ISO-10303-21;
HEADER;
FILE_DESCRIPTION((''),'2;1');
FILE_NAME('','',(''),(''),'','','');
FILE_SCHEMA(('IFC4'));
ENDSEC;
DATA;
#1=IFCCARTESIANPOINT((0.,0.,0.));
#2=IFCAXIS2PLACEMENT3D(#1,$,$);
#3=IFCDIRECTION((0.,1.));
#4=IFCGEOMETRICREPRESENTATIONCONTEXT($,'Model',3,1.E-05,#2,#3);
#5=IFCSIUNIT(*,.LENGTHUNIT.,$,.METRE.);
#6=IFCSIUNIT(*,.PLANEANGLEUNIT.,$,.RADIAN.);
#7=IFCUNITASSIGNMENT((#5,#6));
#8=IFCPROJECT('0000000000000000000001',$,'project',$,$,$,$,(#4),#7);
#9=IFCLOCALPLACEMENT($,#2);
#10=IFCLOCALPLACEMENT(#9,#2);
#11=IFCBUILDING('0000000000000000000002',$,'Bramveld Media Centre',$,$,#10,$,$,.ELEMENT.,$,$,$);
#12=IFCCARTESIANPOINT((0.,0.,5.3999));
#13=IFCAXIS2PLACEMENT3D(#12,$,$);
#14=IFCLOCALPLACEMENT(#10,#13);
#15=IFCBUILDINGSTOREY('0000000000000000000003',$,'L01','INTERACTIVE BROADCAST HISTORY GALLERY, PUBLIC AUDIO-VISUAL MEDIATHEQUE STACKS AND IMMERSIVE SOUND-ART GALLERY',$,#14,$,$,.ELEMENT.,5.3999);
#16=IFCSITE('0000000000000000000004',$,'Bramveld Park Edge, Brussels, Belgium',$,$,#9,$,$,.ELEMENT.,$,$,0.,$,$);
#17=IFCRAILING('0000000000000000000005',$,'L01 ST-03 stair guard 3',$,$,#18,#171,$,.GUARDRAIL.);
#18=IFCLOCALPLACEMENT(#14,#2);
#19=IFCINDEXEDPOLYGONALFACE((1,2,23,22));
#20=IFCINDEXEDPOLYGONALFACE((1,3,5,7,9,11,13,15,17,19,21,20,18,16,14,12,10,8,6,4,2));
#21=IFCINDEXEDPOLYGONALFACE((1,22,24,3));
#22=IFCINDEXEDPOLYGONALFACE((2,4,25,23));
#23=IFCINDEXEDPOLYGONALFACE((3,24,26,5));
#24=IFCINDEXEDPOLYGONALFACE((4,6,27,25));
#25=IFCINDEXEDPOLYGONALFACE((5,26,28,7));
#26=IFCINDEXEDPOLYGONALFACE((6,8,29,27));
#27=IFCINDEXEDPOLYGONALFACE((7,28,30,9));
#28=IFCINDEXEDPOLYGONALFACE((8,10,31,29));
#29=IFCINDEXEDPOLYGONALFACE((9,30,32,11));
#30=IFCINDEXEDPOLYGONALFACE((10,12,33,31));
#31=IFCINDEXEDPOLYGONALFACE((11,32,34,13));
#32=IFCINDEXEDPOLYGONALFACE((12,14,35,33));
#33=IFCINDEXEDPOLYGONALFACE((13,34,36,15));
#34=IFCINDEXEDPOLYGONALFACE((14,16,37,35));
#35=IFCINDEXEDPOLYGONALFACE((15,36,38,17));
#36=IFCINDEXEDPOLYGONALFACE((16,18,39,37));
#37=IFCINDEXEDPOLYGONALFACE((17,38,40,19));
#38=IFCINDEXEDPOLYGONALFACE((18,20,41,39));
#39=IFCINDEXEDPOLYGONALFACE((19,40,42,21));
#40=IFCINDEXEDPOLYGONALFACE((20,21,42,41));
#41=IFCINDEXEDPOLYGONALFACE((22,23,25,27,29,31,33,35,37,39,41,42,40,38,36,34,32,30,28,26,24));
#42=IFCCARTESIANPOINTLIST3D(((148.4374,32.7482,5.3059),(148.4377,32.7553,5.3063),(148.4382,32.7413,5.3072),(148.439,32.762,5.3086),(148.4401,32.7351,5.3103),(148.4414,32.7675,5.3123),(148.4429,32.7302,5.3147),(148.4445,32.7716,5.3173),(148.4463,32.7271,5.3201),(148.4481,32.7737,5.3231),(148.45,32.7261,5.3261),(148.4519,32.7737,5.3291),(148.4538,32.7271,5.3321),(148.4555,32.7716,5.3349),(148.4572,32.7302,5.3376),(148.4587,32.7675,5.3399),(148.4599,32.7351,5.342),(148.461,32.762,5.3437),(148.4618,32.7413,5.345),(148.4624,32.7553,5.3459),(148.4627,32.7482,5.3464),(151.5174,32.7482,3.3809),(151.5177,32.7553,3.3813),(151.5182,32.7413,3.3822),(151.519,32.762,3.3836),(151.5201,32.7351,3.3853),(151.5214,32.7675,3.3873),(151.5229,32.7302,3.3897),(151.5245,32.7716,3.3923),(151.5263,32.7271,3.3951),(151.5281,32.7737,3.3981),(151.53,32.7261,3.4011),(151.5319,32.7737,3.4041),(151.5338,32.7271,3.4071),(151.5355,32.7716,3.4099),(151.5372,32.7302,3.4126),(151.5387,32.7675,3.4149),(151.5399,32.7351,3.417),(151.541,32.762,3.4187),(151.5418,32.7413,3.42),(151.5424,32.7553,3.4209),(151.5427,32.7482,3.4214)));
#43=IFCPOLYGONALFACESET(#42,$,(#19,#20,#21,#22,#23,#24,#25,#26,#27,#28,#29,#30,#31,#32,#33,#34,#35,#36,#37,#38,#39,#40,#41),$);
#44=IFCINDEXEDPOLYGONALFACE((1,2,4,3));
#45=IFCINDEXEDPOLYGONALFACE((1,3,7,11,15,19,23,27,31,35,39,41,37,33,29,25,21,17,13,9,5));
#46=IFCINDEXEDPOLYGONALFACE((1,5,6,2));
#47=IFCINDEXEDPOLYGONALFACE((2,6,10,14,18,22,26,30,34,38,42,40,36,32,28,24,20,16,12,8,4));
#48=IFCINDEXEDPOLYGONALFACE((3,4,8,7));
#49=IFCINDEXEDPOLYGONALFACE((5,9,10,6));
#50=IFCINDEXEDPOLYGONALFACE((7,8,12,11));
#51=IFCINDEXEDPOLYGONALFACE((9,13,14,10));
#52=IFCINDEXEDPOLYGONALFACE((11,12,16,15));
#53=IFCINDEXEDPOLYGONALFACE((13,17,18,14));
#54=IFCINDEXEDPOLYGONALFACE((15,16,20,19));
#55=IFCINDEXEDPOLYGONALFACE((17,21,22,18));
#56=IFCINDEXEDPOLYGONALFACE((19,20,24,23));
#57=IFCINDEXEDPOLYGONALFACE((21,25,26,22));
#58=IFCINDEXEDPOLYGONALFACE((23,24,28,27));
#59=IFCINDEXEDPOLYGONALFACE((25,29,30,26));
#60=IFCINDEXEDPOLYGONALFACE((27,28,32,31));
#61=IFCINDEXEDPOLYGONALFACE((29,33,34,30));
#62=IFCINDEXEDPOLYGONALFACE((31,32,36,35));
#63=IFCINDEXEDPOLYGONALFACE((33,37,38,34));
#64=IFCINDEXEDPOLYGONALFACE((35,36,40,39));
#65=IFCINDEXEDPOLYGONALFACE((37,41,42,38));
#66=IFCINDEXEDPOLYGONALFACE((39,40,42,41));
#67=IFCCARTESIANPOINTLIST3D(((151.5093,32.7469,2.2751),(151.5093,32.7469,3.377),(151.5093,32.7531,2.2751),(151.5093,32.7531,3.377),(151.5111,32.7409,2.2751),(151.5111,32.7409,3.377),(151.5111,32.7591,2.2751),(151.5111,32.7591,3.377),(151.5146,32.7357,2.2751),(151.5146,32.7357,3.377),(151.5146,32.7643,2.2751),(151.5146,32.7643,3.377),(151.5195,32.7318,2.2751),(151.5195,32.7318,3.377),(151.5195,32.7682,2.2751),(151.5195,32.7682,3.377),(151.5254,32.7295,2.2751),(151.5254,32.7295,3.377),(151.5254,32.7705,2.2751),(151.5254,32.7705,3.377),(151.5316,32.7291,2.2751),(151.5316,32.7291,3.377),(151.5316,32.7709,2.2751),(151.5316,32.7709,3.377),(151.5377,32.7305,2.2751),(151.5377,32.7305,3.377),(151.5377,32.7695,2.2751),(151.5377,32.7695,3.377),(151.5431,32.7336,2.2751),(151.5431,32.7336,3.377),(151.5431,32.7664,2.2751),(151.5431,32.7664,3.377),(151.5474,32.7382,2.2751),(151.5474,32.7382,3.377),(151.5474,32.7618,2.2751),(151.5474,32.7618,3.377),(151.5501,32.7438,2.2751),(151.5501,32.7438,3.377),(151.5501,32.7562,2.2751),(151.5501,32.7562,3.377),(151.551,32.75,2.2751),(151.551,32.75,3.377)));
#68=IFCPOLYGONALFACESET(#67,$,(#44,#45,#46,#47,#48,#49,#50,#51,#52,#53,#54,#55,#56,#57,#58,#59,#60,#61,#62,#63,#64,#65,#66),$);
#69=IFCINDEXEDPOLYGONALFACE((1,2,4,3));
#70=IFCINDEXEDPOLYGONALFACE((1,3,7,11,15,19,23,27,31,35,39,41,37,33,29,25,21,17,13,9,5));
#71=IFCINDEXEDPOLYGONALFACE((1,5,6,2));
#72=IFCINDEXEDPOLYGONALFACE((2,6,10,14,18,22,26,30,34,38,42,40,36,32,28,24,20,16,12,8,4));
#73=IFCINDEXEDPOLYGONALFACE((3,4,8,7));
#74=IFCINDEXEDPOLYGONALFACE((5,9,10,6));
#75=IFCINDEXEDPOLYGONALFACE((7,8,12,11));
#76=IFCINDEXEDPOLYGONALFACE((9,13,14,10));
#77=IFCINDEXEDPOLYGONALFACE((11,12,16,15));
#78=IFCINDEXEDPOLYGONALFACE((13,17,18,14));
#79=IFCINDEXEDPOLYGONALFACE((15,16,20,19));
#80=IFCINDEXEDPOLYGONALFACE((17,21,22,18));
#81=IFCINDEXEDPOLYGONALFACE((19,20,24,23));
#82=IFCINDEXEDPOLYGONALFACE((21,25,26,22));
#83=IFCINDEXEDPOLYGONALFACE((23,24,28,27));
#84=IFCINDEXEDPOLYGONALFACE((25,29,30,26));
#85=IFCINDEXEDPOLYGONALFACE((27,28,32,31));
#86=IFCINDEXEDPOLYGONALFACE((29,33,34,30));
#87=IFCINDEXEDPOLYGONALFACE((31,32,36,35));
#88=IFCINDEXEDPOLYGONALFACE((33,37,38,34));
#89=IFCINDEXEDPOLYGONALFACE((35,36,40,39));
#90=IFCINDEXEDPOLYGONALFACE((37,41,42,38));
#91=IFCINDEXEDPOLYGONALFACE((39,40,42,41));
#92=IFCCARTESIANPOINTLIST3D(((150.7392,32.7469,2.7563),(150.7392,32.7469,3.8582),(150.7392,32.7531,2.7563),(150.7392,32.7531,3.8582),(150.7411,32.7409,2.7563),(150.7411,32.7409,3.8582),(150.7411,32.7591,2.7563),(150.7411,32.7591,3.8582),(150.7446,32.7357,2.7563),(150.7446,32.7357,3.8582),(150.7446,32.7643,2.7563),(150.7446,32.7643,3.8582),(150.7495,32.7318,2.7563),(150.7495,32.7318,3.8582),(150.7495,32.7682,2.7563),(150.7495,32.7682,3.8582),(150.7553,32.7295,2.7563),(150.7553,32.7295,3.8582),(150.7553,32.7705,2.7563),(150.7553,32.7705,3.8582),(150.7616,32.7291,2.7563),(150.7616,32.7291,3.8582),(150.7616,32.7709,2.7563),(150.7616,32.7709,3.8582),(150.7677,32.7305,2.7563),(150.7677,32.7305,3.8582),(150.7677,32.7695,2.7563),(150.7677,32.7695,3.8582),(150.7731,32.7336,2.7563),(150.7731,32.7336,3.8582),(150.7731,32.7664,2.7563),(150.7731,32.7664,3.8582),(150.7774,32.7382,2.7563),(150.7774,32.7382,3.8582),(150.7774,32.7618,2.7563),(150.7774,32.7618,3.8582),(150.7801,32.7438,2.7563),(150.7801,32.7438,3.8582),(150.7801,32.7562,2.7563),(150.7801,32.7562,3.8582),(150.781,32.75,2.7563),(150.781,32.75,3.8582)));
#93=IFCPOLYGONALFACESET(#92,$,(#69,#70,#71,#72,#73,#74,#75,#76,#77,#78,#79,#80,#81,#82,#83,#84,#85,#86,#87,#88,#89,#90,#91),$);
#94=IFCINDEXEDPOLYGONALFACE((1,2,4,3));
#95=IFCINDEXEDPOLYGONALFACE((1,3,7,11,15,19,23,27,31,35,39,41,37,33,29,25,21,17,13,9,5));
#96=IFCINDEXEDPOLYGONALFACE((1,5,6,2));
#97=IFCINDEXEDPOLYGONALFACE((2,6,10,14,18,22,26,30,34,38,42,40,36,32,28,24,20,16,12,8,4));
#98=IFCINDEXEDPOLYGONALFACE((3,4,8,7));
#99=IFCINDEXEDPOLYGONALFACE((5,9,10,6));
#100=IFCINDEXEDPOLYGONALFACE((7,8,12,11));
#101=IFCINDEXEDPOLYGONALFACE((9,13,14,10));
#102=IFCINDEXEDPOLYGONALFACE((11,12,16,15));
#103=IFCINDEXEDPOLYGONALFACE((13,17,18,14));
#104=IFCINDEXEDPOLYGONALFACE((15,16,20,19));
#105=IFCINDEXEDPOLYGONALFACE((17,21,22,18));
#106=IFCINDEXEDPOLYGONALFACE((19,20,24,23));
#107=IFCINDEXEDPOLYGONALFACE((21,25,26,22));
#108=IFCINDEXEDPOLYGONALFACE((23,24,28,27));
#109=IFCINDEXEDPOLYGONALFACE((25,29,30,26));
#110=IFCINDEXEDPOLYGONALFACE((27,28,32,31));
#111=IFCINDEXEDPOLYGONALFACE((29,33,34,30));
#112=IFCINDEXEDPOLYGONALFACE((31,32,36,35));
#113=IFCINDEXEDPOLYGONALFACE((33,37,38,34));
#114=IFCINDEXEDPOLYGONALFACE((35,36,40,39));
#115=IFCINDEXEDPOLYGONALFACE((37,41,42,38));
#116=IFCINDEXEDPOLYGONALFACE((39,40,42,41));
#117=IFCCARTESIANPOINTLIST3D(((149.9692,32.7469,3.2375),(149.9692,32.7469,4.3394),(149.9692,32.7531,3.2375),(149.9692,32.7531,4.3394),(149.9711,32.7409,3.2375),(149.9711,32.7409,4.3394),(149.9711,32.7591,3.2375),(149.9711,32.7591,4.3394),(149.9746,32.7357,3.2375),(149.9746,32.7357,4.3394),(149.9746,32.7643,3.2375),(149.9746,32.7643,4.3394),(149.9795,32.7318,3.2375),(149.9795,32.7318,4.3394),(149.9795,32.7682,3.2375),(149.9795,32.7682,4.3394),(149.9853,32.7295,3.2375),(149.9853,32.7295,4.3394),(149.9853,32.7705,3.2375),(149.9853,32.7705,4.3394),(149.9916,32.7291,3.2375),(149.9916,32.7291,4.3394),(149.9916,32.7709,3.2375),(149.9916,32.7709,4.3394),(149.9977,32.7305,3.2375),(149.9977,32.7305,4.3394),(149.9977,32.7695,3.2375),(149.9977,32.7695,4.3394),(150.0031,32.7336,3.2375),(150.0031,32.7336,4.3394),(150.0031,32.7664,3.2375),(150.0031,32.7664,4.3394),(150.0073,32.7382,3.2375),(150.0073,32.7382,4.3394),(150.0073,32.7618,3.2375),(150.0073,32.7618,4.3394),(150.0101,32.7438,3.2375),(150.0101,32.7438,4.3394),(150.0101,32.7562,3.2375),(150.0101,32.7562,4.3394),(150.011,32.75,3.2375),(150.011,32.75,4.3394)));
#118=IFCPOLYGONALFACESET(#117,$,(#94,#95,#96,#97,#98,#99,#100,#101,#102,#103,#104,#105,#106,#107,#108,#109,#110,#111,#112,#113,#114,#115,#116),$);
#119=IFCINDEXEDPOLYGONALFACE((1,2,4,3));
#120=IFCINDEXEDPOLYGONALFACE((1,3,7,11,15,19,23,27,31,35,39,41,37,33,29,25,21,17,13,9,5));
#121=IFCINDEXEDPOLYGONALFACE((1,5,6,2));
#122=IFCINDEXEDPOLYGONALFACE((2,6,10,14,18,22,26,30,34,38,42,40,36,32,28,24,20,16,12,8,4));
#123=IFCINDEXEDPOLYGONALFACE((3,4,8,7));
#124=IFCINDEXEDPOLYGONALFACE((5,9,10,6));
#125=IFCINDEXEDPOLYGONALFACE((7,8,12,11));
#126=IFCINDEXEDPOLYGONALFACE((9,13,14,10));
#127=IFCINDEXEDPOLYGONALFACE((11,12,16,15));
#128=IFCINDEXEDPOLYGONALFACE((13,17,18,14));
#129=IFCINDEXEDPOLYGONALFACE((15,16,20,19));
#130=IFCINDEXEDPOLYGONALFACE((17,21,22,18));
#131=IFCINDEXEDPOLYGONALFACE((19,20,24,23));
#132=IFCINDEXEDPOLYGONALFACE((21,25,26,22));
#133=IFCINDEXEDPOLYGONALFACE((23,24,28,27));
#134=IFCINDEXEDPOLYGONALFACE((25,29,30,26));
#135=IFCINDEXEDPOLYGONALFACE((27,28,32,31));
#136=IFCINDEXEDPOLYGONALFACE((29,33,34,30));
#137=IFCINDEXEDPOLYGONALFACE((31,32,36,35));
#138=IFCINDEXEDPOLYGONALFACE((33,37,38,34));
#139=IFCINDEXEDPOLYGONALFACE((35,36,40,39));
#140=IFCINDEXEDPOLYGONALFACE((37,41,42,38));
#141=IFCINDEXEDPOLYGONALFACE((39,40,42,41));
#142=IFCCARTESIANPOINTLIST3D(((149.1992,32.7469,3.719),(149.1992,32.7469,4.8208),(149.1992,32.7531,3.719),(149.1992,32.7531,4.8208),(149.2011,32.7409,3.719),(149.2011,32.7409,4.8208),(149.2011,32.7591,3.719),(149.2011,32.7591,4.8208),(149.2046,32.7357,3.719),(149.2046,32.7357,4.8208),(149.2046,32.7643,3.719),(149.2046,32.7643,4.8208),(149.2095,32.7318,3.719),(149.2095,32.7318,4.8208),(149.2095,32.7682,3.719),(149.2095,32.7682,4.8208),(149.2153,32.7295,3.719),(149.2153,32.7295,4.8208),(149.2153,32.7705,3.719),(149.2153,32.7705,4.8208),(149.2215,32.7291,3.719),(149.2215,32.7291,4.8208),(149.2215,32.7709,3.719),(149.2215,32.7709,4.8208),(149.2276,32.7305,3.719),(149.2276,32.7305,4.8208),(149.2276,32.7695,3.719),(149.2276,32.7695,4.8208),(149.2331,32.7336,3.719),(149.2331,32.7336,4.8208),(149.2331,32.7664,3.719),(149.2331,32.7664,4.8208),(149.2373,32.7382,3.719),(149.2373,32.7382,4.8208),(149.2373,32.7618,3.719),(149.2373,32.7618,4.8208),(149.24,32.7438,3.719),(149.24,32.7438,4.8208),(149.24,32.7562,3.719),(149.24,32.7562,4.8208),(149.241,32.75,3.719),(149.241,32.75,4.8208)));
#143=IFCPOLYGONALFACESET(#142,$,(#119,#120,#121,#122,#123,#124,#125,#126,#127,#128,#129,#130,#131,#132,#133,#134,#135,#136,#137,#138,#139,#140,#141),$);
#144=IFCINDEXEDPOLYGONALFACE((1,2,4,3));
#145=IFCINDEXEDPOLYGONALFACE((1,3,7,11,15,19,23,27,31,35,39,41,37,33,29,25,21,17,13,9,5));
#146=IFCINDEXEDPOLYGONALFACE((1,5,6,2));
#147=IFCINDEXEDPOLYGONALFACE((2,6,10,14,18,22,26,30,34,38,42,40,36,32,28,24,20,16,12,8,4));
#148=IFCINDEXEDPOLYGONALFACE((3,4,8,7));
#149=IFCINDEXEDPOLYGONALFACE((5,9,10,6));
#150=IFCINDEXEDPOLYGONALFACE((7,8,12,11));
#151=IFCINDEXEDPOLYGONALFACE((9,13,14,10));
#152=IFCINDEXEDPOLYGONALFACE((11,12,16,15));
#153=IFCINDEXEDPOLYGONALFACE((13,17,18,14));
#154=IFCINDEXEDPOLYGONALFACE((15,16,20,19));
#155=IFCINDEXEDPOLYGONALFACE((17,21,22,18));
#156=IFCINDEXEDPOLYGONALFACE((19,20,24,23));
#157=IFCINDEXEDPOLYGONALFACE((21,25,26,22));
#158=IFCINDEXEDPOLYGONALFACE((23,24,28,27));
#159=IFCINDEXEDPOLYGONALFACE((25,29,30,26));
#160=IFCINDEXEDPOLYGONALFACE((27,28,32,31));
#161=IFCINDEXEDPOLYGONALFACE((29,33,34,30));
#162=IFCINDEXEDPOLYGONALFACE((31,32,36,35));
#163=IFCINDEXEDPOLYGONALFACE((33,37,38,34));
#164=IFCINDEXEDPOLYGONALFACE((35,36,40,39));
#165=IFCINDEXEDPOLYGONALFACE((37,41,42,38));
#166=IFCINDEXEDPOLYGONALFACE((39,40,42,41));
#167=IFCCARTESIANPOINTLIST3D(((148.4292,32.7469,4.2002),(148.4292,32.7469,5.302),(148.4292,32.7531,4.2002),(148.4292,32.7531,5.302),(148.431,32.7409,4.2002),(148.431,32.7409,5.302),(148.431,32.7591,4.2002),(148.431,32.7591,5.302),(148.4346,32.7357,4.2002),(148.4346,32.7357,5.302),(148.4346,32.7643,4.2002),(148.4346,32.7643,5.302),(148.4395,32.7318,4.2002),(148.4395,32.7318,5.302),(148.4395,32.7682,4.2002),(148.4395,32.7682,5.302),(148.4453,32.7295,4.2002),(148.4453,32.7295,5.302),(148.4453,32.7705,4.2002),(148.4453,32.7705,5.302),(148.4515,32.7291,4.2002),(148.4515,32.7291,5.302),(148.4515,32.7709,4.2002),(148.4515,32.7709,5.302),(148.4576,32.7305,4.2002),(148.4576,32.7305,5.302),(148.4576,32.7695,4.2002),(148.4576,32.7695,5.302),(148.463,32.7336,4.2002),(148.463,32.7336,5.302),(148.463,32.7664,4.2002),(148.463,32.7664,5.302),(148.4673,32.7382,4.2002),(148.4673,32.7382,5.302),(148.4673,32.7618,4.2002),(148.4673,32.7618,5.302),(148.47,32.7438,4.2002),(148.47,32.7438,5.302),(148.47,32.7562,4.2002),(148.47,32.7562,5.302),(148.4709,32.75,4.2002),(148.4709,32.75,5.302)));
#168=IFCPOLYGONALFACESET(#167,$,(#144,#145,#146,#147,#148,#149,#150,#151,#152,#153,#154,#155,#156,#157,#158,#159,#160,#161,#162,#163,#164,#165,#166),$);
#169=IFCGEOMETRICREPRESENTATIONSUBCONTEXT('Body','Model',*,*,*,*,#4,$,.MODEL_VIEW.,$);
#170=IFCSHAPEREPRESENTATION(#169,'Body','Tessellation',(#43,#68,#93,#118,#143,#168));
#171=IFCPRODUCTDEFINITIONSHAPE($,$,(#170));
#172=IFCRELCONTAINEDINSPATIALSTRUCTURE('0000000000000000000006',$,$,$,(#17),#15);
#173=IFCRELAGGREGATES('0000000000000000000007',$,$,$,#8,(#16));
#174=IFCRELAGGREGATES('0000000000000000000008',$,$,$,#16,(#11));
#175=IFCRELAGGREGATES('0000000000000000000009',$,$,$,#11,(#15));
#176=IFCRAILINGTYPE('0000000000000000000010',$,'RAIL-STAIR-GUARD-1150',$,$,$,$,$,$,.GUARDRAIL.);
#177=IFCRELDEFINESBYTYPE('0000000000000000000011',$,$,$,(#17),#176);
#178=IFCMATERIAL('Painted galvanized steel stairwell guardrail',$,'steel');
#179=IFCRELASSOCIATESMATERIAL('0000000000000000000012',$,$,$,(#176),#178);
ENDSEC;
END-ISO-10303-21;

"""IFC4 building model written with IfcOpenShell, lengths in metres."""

from ifc_helpers import new_model, si_unit, direction, frame, origin, origin_2d, place, context, subcontext, project, spatial, circle, extrude, material, type_object, element, save


model = new_model("IFC4")

# Units and contexts
model_context = context("Model", 3, precision=1e-05, world=origin(), true_north=direction((0.0, 1.0)))
body_context = subcontext(model_context, "Body", "Model", "MODEL_VIEW")
ifc_project = project(units=[si_unit("LENGTHUNIT", "METRE"), si_unit("PLANEANGLEUNIT", "RADIAN")], contexts=[model_context])

# Site, building, storey
site_placement = place(None, origin())
site = spatial("IfcSite", under=ifc_project, at=site_placement, Name="Bramveld Park Edge, Brussels, Belgium", CompositionType="ELEMENT", RefElevation=0.0)
building_placement = place(site_placement, origin())
building = spatial("IfcBuilding", under=site, at=building_placement, Name="Bramveld Media Centre", CompositionType="ELEMENT")
storey_placement = place(building_placement, frame((0.0, 0.0, 5.3999)))
storey = spatial("IfcBuildingStorey", under=building, at=storey_placement, Name="L01", Description="INTERACTIVE BROADCAST HISTORY GALLERY, PUBLIC AUDIO-VISUAL MEDIATHEQUE STACKS AND IMMERSIVE SOUND-ART GALLERY", CompositionType="ELEMENT", Elevation=5.3999)

# Railing
ifc_material_1 = material(Name="Painted galvanized steel stairwell guardrail", Category="steel")
railing_type_1 = type_object("IfcRailingType", Name="RAIL-STAIR-GUARD-1150", PredefinedType="GUARDRAIL", material=ifc_material_1)
railing_1_placement = place(storey_placement, frame((151.53, 32.75, 2.2751)))
element("IfcRailing", 1, at=railing_1_placement, inside=storey, type_object=railing_type_1, Name="L01 ST-03 stair guard 3", PredefinedType="GUARDRAIL", context=body_context, shape_type="SweptSolid", body=[
    extrude(circle(Radius=0.0239, at=origin_2d()), frame((0.0, 0.0, 1.126), z_axis=(-0.847998, 0.0, 0.529999), x_axis=(0.0, -1.0, 0.0)), (0.0, 0.0, 1.0), 3.6321),
    extrude(circle(Radius=0.021, at=origin_2d()), origin(), (0.0, 0.0, 1.0), 1.1018),
    extrude(circle(Radius=0.021, at=origin_2d()), frame((-0.77, 0.0, 0.4812)), (0.0, 0.0, 1.0), 1.1018),
    extrude(circle(Radius=0.021, at=origin_2d()), frame((-1.54, 0.0, 0.9624)), (0.0, 0.0, 1.0), 1.1018),
    extrude(circle(Radius=0.021, at=origin_2d()), frame((-2.3101, 0.0, 1.4438)), (0.0, 0.0, 1.0), 1.1018),
    extrude(circle(Radius=0.021, at=origin_2d()), frame((-3.0801, 0.0, 1.925)), (0.0, 0.0, 1.0), 1.1018),
])

save(model, "model.ifc")
